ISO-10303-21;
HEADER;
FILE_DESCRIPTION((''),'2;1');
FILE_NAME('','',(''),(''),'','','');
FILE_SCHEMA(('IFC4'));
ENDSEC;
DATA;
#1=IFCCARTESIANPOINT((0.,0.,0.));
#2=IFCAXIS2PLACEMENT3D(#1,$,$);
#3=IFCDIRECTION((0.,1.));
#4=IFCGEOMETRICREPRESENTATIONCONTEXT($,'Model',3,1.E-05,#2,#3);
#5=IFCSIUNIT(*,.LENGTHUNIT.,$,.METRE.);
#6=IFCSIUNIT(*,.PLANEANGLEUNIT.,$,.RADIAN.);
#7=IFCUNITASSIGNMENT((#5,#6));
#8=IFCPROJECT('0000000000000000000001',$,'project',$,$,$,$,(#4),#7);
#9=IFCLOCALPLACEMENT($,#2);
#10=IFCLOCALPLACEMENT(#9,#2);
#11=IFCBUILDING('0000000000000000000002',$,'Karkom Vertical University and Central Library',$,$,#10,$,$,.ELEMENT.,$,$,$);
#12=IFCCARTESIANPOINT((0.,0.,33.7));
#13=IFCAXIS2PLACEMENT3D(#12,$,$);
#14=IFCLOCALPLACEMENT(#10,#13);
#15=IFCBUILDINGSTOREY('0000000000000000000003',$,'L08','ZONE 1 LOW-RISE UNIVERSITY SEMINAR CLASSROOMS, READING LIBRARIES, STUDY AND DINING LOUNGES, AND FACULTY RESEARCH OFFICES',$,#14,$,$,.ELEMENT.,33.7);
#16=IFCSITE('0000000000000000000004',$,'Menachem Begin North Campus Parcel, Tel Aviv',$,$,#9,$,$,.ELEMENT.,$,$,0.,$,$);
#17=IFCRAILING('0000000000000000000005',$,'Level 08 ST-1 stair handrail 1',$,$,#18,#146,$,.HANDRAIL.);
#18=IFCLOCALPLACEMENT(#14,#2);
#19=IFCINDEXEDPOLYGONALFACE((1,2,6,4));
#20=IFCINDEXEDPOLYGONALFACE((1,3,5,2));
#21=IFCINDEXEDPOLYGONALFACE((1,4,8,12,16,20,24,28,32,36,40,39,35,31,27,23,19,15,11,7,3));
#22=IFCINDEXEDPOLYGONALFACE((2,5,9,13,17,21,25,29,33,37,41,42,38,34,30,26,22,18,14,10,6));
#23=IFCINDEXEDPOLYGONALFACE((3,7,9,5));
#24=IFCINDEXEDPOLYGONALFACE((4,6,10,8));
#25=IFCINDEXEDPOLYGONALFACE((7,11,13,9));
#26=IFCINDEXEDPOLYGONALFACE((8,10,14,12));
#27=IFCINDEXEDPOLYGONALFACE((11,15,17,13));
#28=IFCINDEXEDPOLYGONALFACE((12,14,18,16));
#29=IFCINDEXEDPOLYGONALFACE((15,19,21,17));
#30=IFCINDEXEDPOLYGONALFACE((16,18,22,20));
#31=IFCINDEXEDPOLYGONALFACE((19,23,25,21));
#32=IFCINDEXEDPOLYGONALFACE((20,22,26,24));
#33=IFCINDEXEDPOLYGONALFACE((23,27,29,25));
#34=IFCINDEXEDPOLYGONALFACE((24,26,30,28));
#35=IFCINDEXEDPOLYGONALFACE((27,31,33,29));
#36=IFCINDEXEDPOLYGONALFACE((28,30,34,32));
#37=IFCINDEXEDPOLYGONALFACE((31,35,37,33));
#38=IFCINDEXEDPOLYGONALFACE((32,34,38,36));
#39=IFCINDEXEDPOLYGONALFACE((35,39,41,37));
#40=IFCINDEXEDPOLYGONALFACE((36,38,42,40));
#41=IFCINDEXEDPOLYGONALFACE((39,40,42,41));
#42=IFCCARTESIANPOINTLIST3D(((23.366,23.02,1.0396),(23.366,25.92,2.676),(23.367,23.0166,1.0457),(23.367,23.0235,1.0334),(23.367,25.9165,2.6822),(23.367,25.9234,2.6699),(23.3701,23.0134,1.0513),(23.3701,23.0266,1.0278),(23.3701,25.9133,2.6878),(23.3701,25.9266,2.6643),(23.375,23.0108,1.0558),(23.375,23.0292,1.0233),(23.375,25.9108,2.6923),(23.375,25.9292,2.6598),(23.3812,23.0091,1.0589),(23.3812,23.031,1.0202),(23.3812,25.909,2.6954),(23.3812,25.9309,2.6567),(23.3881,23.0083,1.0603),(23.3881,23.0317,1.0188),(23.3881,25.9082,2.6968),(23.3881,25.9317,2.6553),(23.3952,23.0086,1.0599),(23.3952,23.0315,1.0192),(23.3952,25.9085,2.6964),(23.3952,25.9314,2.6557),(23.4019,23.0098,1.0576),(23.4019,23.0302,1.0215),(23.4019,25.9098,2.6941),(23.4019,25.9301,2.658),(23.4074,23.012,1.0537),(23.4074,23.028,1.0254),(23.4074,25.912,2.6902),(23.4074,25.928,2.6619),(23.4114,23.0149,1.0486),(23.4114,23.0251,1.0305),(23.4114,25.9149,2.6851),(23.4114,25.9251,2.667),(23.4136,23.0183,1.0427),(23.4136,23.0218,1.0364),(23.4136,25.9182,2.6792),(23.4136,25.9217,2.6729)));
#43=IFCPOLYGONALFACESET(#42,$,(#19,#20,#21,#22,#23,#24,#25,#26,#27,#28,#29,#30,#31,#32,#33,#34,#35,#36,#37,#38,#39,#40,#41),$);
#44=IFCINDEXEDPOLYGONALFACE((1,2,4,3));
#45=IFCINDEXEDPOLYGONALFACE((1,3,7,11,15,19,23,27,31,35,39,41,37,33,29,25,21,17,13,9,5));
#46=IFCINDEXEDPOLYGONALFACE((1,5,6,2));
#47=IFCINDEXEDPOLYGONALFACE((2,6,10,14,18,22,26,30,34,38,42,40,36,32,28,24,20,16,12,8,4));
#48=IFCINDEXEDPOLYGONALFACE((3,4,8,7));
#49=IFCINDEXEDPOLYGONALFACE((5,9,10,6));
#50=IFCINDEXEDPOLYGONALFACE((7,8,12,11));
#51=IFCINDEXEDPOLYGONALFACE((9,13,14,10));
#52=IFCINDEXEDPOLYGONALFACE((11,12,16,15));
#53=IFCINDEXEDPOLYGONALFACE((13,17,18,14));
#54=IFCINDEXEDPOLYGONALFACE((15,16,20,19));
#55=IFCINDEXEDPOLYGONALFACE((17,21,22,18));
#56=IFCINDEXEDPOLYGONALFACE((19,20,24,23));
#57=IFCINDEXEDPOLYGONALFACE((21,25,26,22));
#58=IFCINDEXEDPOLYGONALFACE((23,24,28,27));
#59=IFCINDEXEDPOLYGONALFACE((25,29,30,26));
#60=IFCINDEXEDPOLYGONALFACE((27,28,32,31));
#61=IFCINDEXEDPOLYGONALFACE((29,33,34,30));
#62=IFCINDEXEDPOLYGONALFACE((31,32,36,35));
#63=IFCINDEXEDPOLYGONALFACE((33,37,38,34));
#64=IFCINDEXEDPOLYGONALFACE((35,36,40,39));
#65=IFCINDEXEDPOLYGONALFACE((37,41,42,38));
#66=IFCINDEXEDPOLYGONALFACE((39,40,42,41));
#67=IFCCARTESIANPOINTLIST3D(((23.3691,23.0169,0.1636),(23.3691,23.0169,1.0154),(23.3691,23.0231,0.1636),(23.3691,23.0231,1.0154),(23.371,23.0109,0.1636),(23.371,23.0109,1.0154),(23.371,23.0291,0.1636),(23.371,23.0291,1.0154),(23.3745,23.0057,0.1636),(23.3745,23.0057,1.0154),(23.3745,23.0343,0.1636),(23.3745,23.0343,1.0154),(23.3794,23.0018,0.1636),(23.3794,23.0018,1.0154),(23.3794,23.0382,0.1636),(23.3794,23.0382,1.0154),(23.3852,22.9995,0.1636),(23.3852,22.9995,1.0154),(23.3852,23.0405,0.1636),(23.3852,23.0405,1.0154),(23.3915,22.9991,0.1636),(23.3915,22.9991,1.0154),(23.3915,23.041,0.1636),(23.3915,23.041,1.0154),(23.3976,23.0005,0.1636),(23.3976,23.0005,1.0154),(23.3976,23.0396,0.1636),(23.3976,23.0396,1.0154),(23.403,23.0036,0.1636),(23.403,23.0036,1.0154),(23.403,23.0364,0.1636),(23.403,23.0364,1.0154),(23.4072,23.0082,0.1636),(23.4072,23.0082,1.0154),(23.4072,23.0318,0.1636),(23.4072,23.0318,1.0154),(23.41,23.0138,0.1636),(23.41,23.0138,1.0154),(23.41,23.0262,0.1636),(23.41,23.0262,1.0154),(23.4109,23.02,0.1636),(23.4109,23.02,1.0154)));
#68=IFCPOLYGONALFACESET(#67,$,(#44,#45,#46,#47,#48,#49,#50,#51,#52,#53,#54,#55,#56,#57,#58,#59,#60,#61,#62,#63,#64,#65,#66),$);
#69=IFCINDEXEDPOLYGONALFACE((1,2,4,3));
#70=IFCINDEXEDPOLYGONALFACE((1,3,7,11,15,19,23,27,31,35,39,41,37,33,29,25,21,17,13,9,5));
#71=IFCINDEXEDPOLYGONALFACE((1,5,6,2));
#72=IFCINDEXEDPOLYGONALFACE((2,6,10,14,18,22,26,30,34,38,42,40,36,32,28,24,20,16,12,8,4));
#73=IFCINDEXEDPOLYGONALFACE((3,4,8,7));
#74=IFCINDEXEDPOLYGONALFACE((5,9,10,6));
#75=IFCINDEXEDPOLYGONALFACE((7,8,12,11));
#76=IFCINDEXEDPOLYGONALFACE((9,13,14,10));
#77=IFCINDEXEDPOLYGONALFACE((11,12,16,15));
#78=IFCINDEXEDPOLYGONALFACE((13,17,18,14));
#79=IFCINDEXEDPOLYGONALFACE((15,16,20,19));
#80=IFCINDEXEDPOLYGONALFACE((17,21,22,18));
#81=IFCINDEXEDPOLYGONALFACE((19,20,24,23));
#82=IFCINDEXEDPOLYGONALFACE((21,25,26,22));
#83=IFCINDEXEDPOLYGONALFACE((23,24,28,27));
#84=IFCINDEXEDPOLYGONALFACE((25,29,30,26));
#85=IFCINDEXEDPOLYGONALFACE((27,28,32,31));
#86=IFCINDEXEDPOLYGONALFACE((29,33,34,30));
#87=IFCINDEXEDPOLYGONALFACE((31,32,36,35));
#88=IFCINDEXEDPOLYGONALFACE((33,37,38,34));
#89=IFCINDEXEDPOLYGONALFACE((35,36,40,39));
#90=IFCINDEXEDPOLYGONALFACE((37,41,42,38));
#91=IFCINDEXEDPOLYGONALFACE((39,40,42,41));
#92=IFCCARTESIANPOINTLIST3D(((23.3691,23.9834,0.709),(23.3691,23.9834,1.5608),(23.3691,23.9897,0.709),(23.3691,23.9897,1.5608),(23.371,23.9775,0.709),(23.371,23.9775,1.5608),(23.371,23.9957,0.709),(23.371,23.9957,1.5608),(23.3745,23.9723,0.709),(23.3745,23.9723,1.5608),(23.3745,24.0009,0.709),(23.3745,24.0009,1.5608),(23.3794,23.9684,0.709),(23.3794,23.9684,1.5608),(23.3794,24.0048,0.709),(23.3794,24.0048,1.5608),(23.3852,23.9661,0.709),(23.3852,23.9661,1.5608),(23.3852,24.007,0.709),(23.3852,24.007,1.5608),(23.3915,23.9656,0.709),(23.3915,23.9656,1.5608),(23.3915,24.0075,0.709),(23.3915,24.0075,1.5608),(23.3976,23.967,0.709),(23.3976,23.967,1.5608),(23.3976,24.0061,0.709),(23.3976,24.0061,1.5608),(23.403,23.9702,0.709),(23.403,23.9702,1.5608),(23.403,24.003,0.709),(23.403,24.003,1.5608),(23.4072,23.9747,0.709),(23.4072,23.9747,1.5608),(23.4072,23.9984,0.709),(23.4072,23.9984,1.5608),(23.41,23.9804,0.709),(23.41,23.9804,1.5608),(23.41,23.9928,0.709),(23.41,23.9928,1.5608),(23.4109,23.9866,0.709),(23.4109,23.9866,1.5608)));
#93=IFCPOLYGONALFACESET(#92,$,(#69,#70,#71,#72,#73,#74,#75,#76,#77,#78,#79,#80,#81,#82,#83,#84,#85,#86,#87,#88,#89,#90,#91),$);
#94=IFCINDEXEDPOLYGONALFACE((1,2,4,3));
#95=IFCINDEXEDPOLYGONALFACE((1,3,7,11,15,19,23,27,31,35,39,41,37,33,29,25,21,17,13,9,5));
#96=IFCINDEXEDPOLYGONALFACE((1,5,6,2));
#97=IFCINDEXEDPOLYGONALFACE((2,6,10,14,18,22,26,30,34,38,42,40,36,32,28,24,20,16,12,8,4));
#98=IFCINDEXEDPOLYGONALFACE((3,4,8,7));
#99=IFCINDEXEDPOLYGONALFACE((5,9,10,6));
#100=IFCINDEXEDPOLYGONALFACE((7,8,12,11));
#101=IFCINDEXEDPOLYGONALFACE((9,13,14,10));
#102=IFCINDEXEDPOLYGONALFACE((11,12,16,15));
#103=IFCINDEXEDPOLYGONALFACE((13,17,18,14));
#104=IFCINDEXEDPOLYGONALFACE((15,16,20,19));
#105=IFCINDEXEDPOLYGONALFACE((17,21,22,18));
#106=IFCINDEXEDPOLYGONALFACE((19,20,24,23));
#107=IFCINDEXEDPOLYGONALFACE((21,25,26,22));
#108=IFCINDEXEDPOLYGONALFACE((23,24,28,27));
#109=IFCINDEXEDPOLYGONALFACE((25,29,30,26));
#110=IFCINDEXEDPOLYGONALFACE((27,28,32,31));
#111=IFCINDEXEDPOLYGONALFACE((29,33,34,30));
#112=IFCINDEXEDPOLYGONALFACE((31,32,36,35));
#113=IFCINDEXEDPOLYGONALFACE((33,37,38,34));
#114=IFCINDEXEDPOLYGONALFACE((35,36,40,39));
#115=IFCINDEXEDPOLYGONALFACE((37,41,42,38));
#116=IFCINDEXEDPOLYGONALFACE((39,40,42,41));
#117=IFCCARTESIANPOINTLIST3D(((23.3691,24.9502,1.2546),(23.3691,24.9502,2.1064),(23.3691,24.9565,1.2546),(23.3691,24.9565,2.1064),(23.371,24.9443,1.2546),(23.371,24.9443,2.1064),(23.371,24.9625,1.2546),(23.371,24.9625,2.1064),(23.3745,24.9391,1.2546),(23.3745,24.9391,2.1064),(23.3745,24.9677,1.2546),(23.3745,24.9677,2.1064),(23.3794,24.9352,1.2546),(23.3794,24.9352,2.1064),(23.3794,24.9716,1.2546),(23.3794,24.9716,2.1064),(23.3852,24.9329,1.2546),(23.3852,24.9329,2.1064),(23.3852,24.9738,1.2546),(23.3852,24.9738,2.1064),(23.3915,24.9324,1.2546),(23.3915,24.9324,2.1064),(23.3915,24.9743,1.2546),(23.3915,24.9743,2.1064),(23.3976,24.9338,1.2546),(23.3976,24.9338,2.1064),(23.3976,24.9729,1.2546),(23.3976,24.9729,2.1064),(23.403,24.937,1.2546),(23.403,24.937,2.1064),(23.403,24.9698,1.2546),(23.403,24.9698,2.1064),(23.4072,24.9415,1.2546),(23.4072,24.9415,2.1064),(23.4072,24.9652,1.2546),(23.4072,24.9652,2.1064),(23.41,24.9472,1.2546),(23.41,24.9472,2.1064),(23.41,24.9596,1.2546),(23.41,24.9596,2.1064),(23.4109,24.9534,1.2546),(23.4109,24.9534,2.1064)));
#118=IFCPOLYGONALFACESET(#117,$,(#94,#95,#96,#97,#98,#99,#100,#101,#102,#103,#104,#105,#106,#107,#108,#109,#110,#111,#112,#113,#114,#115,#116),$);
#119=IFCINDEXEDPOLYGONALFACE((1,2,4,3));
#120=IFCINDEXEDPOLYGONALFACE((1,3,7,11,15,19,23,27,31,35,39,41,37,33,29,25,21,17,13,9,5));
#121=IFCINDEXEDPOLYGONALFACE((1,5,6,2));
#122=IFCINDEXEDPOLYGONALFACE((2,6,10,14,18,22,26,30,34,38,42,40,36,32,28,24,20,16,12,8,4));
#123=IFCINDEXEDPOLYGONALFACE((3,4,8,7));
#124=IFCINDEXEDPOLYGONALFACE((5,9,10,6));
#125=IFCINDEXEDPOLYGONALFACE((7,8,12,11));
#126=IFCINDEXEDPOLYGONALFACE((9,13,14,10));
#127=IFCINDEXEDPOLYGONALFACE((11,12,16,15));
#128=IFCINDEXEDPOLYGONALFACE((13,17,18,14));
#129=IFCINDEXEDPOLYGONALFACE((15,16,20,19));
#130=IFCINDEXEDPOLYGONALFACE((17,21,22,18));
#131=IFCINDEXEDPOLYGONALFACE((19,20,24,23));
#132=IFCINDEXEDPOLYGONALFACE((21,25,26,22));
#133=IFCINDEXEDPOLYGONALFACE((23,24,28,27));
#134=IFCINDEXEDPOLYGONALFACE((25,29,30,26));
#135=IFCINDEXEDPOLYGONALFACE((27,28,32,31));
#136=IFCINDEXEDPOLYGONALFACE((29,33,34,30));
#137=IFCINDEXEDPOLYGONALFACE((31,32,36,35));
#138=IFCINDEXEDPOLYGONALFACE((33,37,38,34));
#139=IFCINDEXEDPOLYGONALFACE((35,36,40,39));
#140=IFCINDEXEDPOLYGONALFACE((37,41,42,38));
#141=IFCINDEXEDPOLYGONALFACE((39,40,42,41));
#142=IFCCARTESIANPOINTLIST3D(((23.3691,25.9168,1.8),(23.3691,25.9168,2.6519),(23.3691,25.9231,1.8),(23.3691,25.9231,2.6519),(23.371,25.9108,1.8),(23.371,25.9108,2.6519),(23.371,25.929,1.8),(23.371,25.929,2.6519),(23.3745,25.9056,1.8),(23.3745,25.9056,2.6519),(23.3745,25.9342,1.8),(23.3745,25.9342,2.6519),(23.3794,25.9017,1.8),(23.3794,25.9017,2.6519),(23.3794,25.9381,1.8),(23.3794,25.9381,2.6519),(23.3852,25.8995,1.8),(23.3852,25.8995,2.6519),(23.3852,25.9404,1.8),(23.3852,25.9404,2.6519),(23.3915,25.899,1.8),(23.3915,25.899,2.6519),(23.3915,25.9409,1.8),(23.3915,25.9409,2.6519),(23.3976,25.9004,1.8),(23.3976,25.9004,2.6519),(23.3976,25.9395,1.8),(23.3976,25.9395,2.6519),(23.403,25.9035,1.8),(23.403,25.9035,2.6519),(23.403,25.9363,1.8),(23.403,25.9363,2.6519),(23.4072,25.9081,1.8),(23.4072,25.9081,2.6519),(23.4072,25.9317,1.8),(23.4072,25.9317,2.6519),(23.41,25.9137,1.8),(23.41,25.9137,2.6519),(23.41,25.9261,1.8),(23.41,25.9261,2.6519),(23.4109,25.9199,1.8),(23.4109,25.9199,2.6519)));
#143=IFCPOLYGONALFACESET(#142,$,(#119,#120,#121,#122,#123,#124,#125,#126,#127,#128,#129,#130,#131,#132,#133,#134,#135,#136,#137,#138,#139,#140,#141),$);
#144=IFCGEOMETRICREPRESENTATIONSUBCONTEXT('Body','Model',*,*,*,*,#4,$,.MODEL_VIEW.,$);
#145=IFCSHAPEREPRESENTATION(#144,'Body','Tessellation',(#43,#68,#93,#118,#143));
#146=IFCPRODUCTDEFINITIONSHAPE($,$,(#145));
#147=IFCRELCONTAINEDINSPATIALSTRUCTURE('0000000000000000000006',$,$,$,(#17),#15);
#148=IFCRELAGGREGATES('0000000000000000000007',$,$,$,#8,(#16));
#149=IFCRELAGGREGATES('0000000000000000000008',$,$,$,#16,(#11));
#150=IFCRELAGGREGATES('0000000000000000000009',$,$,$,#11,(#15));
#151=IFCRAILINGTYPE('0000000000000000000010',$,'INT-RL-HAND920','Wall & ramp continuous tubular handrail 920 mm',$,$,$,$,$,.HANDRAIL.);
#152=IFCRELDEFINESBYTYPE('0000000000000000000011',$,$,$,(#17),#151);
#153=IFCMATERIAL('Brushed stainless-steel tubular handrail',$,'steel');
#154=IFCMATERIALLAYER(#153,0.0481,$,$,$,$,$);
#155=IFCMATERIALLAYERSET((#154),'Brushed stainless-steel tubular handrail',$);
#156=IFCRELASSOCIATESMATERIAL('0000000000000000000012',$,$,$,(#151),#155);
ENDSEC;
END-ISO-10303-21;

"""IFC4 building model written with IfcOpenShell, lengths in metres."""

from ifc_helpers import new_model, si_unit, direction, frame, origin, origin_2d, place, context, subcontext, project, spatial, circle, extrude, material, layer, layer_set, type_object, element, save


model = new_model("IFC4")

# Units and contexts
model_context = context("Model", 3, precision=1e-05, world=origin(), true_north=direction((0.0, 1.0)))
body_context = subcontext(model_context, "Body", "Model", "MODEL_VIEW")
ifc_project = project(units=[si_unit("LENGTHUNIT", "METRE"), si_unit("PLANEANGLEUNIT", "RADIAN")], contexts=[model_context])

# Site, building, storey
site_placement = place(None, origin())
site = spatial("IfcSite", under=ifc_project, at=site_placement, Name="Menachem Begin North Campus Parcel, Tel Aviv", CompositionType="ELEMENT", RefElevation=0.0)
building_placement = place(site_placement, origin())
building = spatial("IfcBuilding", under=site, at=building_placement, Name="Karkom Vertical University and Central Library", CompositionType="ELEMENT")
storey_placement = place(building_placement, frame((0.0, 0.0, 33.7)))
storey = spatial("IfcBuildingStorey", under=building, at=storey_placement, Name="L08", Description="ZONE 1 LOW-RISE UNIVERSITY SEMINAR CLASSROOMS, READING LIBRARIES, STUDY AND DINING LOUNGES, AND FACULTY RESEARCH OFFICES", CompositionType="ELEMENT", Elevation=33.7)

# Railing
ifc_material_1 = material(Name="Brushed stainless-steel tubular handrail", Category="steel")
ifc_layer_1 = layer(ifc_material_1, 0.0481)
ifc_layer_set_1 = layer_set([ifc_layer_1], Name="Brushed stainless-steel tubular handrail")
railing_type_1 = type_object("IfcRailingType", Name="INT-RL-HAND920", Description="Wall & ramp continuous tubular handrail 920 mm", PredefinedType="HANDRAIL", material=ifc_layer_set_1)
railing_1_placement = place(storey_placement, frame((23.3899, 23.02, 0.1636)))
element("IfcRailing", 1, at=railing_1_placement, inside=storey, type_object=railing_type_1, Name="Level 08 ST-1 stair handrail 1", PredefinedType="HANDRAIL", context=body_context, shape_type="SweptSolid", body=[
    extrude(circle(Radius=0.0239, at=origin_2d()), frame((0.0, 0.0, 0.876), z_axis=(0.0, 0.870897, 0.491465), x_axis=(-1.0, 0.0, 0.0)), (0.0, 0.0, 1.0), 3.3298),
    extrude(circle(Radius=0.021, at=origin_2d()), origin(), (0.0, 0.0, 1.0), 0.8518),
    extrude(circle(Radius=0.021, at=origin_2d()), frame((0.0, 0.9666, 0.5454)), (0.0, 0.0, 1.0), 0.8518),
    extrude(circle(Radius=0.021, at=origin_2d()), frame((0.0, 1.9333, 1.0911)), (0.0, 0.0, 1.0), 0.8518),
    extrude(circle(Radius=0.021, at=origin_2d()), frame((0.0, 2.8999, 1.6365)), (0.0, 0.0, 1.0), 0.8518),
])

save(model, "model.ifc")
